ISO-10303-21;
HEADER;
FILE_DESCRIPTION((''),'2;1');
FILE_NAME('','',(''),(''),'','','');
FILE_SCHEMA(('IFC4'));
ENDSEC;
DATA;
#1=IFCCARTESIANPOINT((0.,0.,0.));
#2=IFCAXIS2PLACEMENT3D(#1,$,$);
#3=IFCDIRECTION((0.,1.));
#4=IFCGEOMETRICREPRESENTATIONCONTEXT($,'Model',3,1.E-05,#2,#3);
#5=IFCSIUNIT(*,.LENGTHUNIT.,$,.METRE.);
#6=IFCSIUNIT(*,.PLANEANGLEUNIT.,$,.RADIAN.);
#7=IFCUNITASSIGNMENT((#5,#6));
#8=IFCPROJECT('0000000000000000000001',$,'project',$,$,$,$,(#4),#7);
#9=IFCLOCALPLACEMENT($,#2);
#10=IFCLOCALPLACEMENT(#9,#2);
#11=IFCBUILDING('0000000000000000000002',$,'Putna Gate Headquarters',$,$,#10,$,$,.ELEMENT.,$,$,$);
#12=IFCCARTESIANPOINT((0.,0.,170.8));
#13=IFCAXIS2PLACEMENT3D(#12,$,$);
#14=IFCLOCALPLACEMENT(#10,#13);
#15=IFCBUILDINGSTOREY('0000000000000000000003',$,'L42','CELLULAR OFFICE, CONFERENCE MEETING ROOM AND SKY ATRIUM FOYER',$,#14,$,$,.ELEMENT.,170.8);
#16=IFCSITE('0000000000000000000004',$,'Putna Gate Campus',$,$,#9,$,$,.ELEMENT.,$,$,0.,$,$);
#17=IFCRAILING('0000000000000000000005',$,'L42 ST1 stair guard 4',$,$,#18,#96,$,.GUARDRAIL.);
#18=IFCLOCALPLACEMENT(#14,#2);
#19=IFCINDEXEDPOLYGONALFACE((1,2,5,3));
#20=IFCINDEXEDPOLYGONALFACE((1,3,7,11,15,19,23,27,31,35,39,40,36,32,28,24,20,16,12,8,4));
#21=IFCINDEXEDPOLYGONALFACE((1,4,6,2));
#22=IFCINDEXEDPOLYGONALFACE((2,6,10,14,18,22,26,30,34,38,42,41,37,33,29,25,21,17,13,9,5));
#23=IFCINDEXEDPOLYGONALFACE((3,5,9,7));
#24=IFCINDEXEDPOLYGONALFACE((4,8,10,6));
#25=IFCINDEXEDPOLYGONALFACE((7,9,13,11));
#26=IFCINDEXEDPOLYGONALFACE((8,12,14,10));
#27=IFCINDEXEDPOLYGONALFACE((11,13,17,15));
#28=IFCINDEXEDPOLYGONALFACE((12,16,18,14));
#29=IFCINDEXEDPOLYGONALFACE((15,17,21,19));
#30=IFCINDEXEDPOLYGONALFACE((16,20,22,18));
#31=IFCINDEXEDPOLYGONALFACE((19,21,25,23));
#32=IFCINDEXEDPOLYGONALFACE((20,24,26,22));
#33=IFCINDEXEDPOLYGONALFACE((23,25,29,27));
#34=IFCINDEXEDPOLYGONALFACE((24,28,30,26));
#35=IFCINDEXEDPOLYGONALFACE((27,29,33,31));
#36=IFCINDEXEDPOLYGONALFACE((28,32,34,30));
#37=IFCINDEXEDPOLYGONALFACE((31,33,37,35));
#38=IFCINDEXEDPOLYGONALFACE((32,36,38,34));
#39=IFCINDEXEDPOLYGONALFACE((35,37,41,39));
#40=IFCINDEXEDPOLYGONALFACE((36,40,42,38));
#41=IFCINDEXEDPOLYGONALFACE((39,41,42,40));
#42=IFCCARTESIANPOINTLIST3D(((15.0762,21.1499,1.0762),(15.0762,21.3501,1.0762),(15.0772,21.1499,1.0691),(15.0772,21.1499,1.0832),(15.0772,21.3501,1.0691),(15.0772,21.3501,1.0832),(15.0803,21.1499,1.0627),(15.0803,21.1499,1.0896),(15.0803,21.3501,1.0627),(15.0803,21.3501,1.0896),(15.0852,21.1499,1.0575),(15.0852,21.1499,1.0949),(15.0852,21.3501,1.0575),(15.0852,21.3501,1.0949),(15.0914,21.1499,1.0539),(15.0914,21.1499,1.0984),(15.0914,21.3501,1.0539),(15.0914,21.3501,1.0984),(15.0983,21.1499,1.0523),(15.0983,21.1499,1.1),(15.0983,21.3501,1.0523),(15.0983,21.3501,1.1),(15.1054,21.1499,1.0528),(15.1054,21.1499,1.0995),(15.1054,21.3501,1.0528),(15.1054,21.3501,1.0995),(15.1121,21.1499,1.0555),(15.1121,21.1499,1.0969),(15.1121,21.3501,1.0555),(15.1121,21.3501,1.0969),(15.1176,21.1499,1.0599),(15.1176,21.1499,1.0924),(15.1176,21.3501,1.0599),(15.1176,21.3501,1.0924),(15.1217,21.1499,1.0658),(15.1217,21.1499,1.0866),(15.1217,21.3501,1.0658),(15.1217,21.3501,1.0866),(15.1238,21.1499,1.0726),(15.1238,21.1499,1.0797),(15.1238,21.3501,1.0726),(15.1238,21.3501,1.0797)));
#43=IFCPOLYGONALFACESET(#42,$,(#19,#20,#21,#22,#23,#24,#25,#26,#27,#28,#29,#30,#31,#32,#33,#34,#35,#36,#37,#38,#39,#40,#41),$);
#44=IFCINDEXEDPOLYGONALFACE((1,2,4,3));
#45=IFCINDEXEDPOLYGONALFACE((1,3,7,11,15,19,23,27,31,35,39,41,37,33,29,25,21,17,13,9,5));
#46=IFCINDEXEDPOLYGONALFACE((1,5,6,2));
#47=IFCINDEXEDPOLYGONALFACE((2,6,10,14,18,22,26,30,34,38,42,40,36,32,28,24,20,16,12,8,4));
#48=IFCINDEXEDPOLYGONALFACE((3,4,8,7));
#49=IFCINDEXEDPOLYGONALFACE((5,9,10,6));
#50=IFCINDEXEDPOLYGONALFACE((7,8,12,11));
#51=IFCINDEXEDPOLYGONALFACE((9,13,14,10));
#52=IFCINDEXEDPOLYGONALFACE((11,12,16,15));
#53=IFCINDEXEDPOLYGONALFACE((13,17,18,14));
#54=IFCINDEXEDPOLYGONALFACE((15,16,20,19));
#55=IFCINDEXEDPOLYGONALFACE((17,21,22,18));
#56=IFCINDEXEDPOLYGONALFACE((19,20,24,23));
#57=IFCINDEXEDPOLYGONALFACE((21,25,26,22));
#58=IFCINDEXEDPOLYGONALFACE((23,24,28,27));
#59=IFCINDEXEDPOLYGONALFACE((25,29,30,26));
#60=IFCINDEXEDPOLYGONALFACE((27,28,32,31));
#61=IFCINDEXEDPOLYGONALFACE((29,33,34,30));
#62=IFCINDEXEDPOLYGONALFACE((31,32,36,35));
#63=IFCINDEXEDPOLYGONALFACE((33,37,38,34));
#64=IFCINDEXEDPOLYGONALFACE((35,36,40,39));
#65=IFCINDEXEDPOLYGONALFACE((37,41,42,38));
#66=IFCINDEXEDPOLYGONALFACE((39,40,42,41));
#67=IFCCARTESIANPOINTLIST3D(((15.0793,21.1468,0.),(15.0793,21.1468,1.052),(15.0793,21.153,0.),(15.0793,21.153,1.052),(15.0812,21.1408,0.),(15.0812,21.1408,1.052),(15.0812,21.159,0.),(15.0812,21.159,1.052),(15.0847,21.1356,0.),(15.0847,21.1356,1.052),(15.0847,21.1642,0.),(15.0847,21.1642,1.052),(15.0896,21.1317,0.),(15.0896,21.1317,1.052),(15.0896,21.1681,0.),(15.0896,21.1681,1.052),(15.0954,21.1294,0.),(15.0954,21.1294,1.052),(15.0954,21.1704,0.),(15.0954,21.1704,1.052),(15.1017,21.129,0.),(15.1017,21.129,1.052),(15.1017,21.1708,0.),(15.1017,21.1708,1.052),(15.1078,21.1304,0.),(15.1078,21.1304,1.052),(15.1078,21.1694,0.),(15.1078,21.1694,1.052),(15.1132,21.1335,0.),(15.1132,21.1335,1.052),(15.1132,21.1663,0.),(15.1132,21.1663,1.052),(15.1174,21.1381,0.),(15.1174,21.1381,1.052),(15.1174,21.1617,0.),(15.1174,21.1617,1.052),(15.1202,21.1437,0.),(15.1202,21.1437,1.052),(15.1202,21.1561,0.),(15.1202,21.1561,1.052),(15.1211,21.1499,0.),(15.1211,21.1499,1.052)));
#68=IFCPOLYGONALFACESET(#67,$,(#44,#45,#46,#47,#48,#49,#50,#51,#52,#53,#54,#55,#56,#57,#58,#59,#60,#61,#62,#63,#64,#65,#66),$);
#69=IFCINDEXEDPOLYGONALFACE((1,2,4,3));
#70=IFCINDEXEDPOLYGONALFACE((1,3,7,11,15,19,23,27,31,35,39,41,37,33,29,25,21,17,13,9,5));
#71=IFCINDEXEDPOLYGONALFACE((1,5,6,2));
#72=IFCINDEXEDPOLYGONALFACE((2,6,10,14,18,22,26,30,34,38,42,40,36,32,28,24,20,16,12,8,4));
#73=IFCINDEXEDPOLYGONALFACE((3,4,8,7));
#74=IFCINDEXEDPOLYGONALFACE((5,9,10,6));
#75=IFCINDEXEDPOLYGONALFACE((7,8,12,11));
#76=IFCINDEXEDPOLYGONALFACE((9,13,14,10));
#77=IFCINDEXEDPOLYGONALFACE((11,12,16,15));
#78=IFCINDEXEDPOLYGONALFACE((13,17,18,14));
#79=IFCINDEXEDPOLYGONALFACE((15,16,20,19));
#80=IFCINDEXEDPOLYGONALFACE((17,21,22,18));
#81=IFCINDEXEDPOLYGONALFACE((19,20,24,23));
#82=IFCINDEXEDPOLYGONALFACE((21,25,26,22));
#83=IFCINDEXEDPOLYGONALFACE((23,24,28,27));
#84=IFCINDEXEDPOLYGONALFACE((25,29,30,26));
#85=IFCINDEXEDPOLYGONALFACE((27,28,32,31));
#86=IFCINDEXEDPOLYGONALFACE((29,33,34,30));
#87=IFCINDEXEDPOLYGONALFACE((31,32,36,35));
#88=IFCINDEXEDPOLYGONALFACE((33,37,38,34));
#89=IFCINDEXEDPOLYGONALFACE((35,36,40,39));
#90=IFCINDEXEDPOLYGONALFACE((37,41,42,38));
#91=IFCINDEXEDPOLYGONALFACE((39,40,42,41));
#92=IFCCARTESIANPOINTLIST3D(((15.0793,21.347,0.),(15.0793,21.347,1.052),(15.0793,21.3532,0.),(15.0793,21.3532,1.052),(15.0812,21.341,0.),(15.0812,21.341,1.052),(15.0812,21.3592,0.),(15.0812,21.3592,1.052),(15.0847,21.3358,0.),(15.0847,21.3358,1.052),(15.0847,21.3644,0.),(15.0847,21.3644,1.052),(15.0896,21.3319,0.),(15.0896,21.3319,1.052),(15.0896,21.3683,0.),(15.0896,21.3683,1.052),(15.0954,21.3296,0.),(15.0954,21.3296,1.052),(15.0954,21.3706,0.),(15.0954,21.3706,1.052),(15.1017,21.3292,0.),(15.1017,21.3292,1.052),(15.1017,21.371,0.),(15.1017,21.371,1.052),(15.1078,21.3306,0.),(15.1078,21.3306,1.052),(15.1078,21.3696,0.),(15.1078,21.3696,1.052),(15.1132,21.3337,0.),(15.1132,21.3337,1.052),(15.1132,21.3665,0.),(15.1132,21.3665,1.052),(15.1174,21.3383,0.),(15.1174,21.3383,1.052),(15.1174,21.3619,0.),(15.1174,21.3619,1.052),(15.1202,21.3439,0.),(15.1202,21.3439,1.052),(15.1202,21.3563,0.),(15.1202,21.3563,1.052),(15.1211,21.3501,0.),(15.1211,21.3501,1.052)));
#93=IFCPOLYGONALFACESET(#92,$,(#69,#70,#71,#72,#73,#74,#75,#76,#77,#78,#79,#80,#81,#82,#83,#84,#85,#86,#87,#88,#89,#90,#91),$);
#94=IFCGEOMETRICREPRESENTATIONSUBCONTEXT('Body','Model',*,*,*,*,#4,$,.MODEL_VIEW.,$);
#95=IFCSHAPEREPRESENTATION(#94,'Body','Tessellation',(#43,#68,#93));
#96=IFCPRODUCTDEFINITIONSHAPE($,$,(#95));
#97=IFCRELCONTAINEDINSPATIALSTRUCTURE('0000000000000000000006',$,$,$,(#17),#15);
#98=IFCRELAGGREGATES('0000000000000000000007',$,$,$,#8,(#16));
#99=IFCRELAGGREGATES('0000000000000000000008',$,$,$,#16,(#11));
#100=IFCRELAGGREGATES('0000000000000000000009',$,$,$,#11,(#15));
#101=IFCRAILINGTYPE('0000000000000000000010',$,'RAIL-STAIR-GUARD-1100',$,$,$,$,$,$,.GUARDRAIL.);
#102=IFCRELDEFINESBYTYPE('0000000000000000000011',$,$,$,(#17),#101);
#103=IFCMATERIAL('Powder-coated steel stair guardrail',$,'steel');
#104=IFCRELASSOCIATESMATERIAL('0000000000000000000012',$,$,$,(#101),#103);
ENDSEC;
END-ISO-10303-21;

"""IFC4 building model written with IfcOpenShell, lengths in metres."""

from ifc_helpers import new_model, si_unit, direction, frame, origin, origin_2d, place, context, subcontext, project, spatial, circle, extrude, material, type_object, element, save


model = new_model("IFC4")

# Units and contexts
model_context = context("Model", 3, precision=1e-05, world=origin(), true_north=direction((0.0, 1.0)))
body_context = subcontext(model_context, "Body", "Model", "MODEL_VIEW")
ifc_project = project(units=[si_unit("LENGTHUNIT", "METRE"), si_unit("PLANEANGLEUNIT", "RADIAN")], contexts=[model_context])

# Site, building, storey
site_placement = place(None, origin())
site = spatial("IfcSite", under=ifc_project, at=site_placement, Name="Putna Gate Campus", CompositionType="ELEMENT", RefElevation=0.0)
building_placement = place(site_placement, origin())
building = spatial("IfcBuilding", under=site, at=building_placement, Name="Putna Gate Headquarters", CompositionType="ELEMENT")
storey_placement = place(building_placement, frame((0.0, 0.0, 170.8)))
storey = spatial("IfcBuildingStorey", under=building, at=storey_placement, Name="L42", Description="CELLULAR OFFICE, CONFERENCE MEETING ROOM AND SKY ATRIUM FOYER", CompositionType="ELEMENT", Elevation=170.8)

# Railing
ifc_material_1 = material(Name="Powder-coated steel stair guardrail", Category="steel")
railing_type_1 = type_object("IfcRailingType", Name="RAIL-STAIR-GUARD-1100", PredefinedType="GUARDRAIL", material=ifc_material_1)
railing_1_placement = place(storey_placement, frame((15.1001, 21.1499, 0.0)))
element("IfcRailing", 1, at=railing_1_placement, inside=storey, type_object=railing_type_1, Name="L42 ST1 stair guard 4", PredefinedType="GUARDRAIL", context=body_context, shape_type="SweptSolid", body=[
    extrude(circle(Radius=0.0239, at=origin_2d()), frame((0.0, 0.0, 1.0762), z_axis=(0.0, 1.0, 0.0), x_axis=(-1.0, 0.0, 0.0)), (0.0, 0.0, 1.0), 0.2002),
    extrude(circle(Radius=0.021, at=origin_2d()), origin(), (0.0, 0.0, 1.0), 1.052),
    extrude(circle(Radius=0.021, at=origin_2d()), frame((0.0, 0.2002, 0.0)), (0.0, 0.0, 1.0), 1.052),
])

save(model, "model.ifc")
